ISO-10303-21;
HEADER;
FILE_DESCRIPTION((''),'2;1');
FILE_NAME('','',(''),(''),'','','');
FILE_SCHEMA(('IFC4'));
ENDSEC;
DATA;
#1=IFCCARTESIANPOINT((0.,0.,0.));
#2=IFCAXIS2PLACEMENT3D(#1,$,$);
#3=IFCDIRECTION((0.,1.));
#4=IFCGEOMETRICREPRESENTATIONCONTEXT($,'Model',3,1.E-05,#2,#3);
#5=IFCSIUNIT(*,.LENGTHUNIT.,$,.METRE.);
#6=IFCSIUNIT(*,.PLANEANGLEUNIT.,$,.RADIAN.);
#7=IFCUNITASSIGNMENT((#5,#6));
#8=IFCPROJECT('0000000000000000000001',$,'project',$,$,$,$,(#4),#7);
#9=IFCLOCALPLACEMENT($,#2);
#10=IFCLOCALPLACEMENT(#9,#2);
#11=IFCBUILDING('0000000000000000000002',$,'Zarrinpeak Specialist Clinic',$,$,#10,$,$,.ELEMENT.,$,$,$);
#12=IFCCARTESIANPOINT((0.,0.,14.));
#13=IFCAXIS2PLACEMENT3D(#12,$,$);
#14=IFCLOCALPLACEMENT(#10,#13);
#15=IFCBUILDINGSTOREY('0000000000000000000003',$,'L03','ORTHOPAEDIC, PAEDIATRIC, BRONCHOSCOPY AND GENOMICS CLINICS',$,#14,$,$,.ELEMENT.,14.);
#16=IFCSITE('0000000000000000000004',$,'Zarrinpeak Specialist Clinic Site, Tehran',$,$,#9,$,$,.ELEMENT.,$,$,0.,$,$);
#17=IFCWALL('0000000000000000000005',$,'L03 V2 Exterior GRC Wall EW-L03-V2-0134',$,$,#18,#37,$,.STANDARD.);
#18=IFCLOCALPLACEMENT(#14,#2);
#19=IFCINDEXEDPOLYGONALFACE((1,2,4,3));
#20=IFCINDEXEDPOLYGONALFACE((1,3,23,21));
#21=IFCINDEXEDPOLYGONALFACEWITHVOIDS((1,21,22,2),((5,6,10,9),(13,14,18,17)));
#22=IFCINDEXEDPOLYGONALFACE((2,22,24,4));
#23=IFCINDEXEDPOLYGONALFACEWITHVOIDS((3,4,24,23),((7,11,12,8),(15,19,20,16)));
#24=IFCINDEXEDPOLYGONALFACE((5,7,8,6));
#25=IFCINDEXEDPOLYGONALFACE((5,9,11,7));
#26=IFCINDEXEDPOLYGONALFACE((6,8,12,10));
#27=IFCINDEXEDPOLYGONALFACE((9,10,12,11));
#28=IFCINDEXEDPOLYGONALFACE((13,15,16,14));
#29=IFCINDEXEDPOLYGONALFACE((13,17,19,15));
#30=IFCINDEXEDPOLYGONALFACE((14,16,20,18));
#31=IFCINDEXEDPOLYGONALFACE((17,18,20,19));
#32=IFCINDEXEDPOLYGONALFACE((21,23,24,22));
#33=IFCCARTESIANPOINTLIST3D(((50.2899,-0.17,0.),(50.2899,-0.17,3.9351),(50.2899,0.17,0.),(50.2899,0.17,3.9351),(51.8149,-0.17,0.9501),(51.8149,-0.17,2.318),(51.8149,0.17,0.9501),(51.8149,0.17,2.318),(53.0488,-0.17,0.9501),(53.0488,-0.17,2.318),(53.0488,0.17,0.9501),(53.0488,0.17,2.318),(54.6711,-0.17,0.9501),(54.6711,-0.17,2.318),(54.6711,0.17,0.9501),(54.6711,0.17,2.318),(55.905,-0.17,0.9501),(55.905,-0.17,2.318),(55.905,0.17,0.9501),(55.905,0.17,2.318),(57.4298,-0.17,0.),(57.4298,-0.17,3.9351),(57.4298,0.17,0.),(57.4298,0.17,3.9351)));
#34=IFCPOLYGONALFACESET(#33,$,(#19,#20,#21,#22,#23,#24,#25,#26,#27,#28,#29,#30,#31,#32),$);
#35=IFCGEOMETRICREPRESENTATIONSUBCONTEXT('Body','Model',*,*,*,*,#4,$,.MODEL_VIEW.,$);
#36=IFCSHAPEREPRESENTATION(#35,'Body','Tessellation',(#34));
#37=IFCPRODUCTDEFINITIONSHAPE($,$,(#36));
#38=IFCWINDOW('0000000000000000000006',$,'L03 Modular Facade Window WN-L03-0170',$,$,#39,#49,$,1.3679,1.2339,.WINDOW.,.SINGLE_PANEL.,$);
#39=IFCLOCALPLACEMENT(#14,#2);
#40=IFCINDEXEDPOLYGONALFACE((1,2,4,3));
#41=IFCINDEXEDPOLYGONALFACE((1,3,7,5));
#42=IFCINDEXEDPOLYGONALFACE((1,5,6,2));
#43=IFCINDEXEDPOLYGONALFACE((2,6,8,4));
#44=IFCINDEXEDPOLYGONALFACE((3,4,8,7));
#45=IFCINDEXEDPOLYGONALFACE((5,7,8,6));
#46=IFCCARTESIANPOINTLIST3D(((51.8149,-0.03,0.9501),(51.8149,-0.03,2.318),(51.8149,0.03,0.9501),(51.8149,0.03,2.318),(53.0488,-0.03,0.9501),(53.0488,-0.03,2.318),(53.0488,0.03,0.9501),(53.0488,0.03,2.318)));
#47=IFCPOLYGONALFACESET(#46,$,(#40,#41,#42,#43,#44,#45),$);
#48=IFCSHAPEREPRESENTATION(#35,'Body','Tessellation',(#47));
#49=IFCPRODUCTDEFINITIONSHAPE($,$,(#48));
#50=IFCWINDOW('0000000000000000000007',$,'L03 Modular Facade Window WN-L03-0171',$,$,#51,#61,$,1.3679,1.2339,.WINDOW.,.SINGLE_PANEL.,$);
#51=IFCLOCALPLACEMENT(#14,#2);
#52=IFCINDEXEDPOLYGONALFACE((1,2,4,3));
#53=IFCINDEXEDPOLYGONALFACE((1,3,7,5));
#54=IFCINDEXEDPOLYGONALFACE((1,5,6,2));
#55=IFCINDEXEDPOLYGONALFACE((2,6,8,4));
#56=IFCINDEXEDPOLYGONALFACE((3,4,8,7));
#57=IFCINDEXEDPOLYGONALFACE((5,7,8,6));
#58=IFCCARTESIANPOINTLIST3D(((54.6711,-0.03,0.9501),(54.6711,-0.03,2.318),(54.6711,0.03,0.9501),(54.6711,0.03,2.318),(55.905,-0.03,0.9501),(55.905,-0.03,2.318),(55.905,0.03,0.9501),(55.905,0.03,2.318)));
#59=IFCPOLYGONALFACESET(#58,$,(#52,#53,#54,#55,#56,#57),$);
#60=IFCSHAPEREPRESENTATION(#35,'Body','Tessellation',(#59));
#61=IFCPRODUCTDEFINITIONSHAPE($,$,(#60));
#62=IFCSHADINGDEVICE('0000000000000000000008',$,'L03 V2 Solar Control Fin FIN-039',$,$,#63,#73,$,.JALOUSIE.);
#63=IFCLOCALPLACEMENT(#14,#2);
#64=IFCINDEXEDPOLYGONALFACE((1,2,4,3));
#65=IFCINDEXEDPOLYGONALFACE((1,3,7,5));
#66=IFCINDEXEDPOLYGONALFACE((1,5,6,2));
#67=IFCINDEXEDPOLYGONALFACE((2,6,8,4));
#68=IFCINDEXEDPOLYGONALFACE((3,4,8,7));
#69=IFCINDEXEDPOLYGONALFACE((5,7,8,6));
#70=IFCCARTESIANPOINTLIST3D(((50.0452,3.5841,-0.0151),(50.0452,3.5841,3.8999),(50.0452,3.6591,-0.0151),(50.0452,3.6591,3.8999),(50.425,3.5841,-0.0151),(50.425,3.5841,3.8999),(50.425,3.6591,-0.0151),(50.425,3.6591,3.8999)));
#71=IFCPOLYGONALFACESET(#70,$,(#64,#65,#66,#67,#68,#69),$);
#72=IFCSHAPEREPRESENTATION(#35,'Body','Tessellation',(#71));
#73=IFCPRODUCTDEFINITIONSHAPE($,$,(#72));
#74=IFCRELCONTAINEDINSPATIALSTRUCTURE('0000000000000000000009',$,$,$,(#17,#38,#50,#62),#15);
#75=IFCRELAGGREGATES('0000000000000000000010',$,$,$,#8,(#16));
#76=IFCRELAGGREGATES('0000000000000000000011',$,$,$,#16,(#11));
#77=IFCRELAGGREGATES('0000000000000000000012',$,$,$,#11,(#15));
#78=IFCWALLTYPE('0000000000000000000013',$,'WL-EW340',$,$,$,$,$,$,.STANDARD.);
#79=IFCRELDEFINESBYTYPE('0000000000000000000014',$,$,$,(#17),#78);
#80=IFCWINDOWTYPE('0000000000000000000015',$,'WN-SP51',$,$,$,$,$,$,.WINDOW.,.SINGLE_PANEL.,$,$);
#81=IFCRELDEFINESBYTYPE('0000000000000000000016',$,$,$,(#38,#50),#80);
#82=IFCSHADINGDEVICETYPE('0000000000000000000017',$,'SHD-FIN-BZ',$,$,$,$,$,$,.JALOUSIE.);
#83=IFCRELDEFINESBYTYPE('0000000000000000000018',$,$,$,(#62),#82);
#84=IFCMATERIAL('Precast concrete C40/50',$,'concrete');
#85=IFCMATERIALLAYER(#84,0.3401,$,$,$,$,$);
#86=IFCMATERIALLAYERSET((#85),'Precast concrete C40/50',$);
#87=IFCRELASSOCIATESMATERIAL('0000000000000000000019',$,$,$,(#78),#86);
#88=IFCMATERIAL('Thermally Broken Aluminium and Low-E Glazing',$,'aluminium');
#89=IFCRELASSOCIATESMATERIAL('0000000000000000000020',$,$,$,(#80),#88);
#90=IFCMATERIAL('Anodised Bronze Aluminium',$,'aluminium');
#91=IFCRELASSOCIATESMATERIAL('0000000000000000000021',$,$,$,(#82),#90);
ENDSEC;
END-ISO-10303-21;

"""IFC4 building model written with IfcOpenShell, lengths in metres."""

from ifc_helpers import new_model, si_unit, direction, frame, frame_2d, origin, origin_2d, place, context, subcontext, project, spatial, rectangle, extrude, material, layer, layer_set, type_object, element, fill, save


model = new_model("IFC4")

# Units and contexts
model_context = context("Model", 3, precision=1e-05, world=origin(), true_north=direction((0.0, 1.0)))
body_context = subcontext(model_context, "Body", "Model", "MODEL_VIEW")
ifc_project = project(units=[si_unit("LENGTHUNIT", "METRE"), si_unit("PLANEANGLEUNIT", "RADIAN")], contexts=[model_context])

# Site, building, storey
site_placement = place(None, origin())
site = spatial("IfcSite", under=ifc_project, at=site_placement, Name="Zarrinpeak Specialist Clinic Site, Tehran", CompositionType="ELEMENT", RefElevation=0.0)
building_placement = place(site_placement, origin())
building = spatial("IfcBuilding", under=site, at=building_placement, Name="Zarrinpeak Specialist Clinic", CompositionType="ELEMENT")
storey_placement = place(building_placement, frame((0.0, 0.0, 14.0)))
storey = spatial("IfcBuildingStorey", under=building, at=storey_placement, Name="L03", Description="ORTHOPAEDIC, PAEDIATRIC, BRONCHOSCOPY AND GENOMICS CLINICS", CompositionType="ELEMENT", Elevation=14.0)

# Wall, openings, windows
ifc_material_1 = material(Name="Precast concrete C40/50", Category="concrete")
ifc_layer_1 = layer(ifc_material_1, 0.3401)
ifc_layer_set_1 = layer_set([ifc_layer_1], Name="Precast concrete C40/50")
wall_type = type_object("IfcWallType", Name="WL-EW340", PredefinedType="STANDARD", material=ifc_layer_set_1)
wall_placement = place(storey_placement, frame((50.29, 0.0, 0.0), z_axis=(0.0, 0.0, 1.0), x_axis=(1.0, 0.0, 0.0)))
wall = element("IfcWall", 1, at=wall_placement, inside=storey, type_object=wall_type, Name="L03 V2 Exterior GRC Wall EW-L03-V2-0134", PredefinedType="STANDARD", context=body_context, shape_type="SweptSolid", body=[
    extrude(rectangle(XDim=7.1399, YDim=0.3401, at=frame_2d((3.5698, 0.0))), origin(), (0.0, 0.0, 1.0), 3.9351),
])
opening_1_placement = place(wall_placement, frame((1.5249, 0.0, 0.95)))
opening_1 = element("IfcOpeningElement", 2, at=opening_1_placement, cuts=wall, PredefinedType="OPENING", context=body_context, shape_type="SweptSolid", body=[
    extrude(rectangle(XDim=1.2339, YDim=1.3679, at=frame_2d((0.6169, 0.6841))), frame((0.0, 0.1802, 0.0), z_axis=(0.0, -1.0, 0.0), x_axis=(1.0, 0.0, 0.0)), (0.0, 0.0, 1.0), 0.3601),
])
opening_2_placement = place(wall_placement, frame((4.3811, 0.0, 0.95)))
opening_2 = element("IfcOpeningElement", 3, at=opening_2_placement, cuts=wall, PredefinedType="OPENING", context=body_context, shape_type="SweptSolid", body=[
    extrude(rectangle(XDim=1.2339, YDim=1.3679, at=frame_2d((0.6169, 0.6841))), frame((0.0, 0.1802, 0.0), z_axis=(0.0, -1.0, 0.0), x_axis=(1.0, 0.0, 0.0)), (0.0, 0.0, 1.0), 0.3601),
])
ifc_material_2 = material(Name="Thermally Broken Aluminium and Low-E Glazing", Category="aluminium")
window_type = type_object("IfcWindowType", Name="WN-SP51", PartitioningType="SINGLE_PANEL", PredefinedType="WINDOW", material=ifc_material_2)
window_1_placement = place(opening_1_placement, origin())
window_1 = element("IfcWindow", 4, at=window_1_placement, inside=storey, type_object=window_type, Name="L03 Modular Facade Window WN-L03-0170", OverallHeight=1.3679, OverallWidth=1.2339, PartitioningType="SINGLE_PANEL", PredefinedType="WINDOW", context=body_context, shape_type="SweptSolid", body=[
    extrude(rectangle(XDim=1.2339, YDim=1.3679, at=frame_2d((0.6169, 0.6841))), frame((0.0, 0.03, 0.0), z_axis=(0.0, -1.0, 0.0), x_axis=(1.0, 0.0, 0.0)), (0.0, 0.0, 1.0), 0.0601),
])
fill(opening_1, window_1)
window_2_placement = place(opening_2_placement, origin())
window_2 = element("IfcWindow", 5, at=window_2_placement, inside=storey, type_object=window_type, Name="L03 Modular Facade Window WN-L03-0171", OverallHeight=1.3679, OverallWidth=1.2339, PartitioningType="SINGLE_PANEL", PredefinedType="WINDOW", context=body_context, shape_type="SweptSolid", body=[
    extrude(rectangle(XDim=1.2339, YDim=1.3679, at=frame_2d((0.6169, 0.6841))), frame((0.0, 0.03, 0.0), z_axis=(0.0, -1.0, 0.0), x_axis=(1.0, 0.0, 0.0)), (0.0, 0.0, 1.0), 0.0601),
])
fill(opening_2, window_2)

# Shading device
ifc_material_3 = material(Name="Anodised Bronze Aluminium", Category="aluminium")
shading_device_type = type_object("IfcShadingDeviceType", Name="SHD-FIN-BZ", PredefinedType="JALOUSIE", material=ifc_material_3)
shading_device_placement = place(storey_placement, frame((50.2351, 3.6216, -0.0151), z_axis=(0.0, 0.0, 1.0), x_axis=(1.0, 0.0, 0.0)))
element("IfcShadingDevice", 6, at=shading_device_placement, inside=storey, type_object=shading_device_type, Name="L03 V2 Solar Control Fin FIN-039", PredefinedType="JALOUSIE", context=body_context, shape_type="SweptSolid", body=[
    extrude(rectangle(XDim=0.3799, YDim=0.075, at=origin_2d()), origin(), (0.0, 0.0, 1.0), 3.915),
])

save(model, "model.ifc")
